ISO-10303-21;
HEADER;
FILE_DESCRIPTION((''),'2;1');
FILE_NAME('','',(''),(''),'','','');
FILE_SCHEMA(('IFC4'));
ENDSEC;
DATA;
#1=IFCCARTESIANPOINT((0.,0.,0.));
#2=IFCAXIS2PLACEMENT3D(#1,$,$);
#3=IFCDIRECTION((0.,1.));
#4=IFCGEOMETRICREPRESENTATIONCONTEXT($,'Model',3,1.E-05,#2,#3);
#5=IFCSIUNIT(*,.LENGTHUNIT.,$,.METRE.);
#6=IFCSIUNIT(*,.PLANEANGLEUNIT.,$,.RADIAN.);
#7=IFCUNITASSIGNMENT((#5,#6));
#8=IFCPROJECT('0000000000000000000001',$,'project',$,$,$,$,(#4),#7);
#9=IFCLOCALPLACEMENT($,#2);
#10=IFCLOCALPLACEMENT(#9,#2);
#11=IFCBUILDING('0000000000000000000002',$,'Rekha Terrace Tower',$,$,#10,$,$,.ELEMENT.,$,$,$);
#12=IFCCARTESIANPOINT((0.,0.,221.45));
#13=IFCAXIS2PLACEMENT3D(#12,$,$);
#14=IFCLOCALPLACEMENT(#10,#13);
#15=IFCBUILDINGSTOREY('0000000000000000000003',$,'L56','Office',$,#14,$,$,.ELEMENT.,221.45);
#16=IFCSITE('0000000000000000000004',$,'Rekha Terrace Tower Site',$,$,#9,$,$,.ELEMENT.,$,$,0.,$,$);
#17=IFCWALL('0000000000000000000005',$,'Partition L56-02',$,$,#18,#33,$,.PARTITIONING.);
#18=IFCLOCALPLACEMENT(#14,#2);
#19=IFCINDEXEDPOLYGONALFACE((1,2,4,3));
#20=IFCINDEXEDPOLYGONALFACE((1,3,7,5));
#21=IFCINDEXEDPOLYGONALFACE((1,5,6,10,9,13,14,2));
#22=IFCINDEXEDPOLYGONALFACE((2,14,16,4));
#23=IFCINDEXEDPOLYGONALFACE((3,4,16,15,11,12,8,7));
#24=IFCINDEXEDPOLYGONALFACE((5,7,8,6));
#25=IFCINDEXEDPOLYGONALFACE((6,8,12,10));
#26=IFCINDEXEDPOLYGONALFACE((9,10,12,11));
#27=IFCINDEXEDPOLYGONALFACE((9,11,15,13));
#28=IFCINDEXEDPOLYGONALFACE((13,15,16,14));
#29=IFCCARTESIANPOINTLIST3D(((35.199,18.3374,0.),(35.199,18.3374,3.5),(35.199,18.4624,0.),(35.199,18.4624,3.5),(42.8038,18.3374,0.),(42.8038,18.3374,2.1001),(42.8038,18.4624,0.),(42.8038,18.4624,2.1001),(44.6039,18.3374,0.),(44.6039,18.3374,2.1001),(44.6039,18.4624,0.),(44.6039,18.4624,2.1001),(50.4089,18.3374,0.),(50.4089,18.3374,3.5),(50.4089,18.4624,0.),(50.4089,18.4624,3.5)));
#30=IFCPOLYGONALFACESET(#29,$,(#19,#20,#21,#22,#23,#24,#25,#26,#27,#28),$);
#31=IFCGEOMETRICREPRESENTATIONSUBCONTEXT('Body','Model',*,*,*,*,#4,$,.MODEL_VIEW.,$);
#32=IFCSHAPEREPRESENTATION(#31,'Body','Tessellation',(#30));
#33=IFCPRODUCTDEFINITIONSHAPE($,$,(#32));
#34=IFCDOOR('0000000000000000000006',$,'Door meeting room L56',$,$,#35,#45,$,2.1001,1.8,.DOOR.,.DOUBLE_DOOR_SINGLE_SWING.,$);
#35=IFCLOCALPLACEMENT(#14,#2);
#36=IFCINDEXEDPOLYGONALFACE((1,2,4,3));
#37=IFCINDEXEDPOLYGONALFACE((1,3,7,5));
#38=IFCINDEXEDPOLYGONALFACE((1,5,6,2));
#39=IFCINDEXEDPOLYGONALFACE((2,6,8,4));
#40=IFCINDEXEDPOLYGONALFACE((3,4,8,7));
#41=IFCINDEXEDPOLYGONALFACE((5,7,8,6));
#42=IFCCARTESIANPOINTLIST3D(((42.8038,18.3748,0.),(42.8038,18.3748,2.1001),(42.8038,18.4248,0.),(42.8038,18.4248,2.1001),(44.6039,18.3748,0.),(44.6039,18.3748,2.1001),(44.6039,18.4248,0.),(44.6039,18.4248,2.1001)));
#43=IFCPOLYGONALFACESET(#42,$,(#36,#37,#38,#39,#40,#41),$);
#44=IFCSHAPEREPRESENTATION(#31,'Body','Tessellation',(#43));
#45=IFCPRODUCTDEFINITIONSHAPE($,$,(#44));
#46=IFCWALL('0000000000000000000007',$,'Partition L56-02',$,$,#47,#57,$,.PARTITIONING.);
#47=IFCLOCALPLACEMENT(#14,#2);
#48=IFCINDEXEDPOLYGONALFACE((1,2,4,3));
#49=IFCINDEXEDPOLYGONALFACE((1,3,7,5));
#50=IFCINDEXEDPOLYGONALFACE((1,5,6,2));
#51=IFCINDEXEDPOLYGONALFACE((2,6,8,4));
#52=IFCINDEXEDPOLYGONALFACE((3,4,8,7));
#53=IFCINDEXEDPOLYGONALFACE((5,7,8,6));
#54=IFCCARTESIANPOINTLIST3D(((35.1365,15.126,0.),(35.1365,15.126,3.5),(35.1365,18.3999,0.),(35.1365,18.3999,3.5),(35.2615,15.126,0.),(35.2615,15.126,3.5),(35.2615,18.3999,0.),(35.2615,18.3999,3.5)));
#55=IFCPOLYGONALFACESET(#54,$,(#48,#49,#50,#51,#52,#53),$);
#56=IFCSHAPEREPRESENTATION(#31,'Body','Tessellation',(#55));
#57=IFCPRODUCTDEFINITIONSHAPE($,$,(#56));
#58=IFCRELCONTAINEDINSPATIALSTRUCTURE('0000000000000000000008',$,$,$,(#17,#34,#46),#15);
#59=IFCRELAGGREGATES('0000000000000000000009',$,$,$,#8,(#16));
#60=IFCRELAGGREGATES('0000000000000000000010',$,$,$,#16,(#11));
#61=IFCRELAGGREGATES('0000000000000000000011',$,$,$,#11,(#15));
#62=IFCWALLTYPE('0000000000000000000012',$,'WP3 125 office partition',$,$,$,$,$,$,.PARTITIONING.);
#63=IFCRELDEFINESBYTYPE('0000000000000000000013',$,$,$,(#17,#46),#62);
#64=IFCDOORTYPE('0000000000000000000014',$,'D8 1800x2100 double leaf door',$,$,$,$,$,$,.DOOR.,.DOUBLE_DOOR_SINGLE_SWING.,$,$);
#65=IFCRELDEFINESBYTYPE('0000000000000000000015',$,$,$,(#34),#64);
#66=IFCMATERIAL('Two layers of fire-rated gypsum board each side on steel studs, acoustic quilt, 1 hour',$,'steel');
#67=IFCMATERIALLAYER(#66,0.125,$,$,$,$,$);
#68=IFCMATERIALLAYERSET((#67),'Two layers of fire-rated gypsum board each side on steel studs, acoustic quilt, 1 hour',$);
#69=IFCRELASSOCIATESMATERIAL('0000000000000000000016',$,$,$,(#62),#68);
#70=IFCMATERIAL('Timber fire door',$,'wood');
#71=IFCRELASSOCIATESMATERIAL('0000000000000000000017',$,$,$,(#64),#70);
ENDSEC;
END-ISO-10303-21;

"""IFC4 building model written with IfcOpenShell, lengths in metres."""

from ifc_helpers import new_model, si_unit, direction, frame, frame_2d, origin, place, context, subcontext, project, spatial, rectangle, extrude, material, layer, layer_set, type_object, element, fill, save


model = new_model("IFC4")

# Units and contexts
model_context = context("Model", 3, precision=1e-05, world=origin(), true_north=direction((0.0, 1.0)))
body_context = subcontext(model_context, "Body", "Model", "MODEL_VIEW")
ifc_project = project(units=[si_unit("LENGTHUNIT", "METRE"), si_unit("PLANEANGLEUNIT", "RADIAN")], contexts=[model_context])

# Site, building, storey
site_placement = place(None, origin())
site = spatial("IfcSite", under=ifc_project, at=site_placement, Name="Rekha Terrace Tower Site", CompositionType="ELEMENT", RefElevation=0.0)
building_placement = place(site_placement, origin())
building = spatial("IfcBuilding", under=site, at=building_placement, Name="Rekha Terrace Tower", CompositionType="ELEMENT")
storey_placement = place(building_placement, frame((0.0, 0.0, 221.45)))
storey = spatial("IfcBuildingStorey", under=building, at=storey_placement, Name="L56", Description="Office", CompositionType="ELEMENT", Elevation=221.45)

# Wall, opening, door
ifc_material_1 = material(Name="Two layers of fire-rated gypsum board each side on steel studs, acoustic quilt, 1 hour", Category="steel")
ifc_layer_1 = layer(ifc_material_1, 0.125)
ifc_layer_set_1 = layer_set([ifc_layer_1], Name="Two layers of fire-rated gypsum board each side on steel studs, acoustic quilt, 1 hour")
wall_type = type_object("IfcWallType", Name="WP3 125 office partition", PredefinedType="PARTITIONING", material=ifc_layer_set_1)
wall_1_placement = place(storey_placement, frame((35.199, 18.3999, 0.0), z_axis=(0.0, 0.0, 1.0), x_axis=(1.0, 0.0, 0.0)))
wall_1 = element("IfcWall", 1, at=wall_1_placement, inside=storey, type_object=wall_type, Name="Partition L56-02", PredefinedType="PARTITIONING", context=body_context, shape_type="SweptSolid", body=[
    extrude(rectangle(XDim=15.21, YDim=0.125, at=frame_2d((7.605, 0.0))), origin(), (0.0, 0.0, 1.0), 3.5),
])
opening_placement = place(wall_1_placement, frame((7.605, 0.0, 0.0)))
opening = element("IfcOpeningElement", 2, at=opening_placement, cuts=wall_1, PredefinedType="OPENING", context=body_context, shape_type="SweptSolid", body=[
    extrude(rectangle(XDim=1.8, YDim=2.1001, at=frame_2d((0.8999, 1.05))), frame((0.0, 0.0725, 0.0), z_axis=(0.0, -1.0, 0.0), x_axis=(1.0, 0.0, 0.0)), (0.0, 0.0, 1.0), 0.145),
])
ifc_material_2 = material(Name="Timber fire door", Category="wood")
door_type = type_object("IfcDoorType", Name="D8 1800x2100 double leaf door", OperationType="DOUBLE_DOOR_SINGLE_SWING", PredefinedType="DOOR", material=ifc_material_2)
door_placement = place(opening_placement, origin())
door = element("IfcDoor", 3, at=door_placement, inside=storey, type_object=door_type, Name="Door meeting room L56", OperationType="DOUBLE_DOOR_SINGLE_SWING", OverallHeight=2.1001, OverallWidth=1.8, PredefinedType="DOOR", context=body_context, shape_type="SweptSolid", body=[
    extrude(rectangle(XDim=1.8, YDim=2.1001, at=frame_2d((0.8999, 1.05))), frame((0.0, 0.0249, 0.0), z_axis=(0.0, -1.0, 0.0), x_axis=(1.0, 0.0, 0.0)), (0.0, 0.0, 1.0), 0.05),
])
fill(opening, door)

# Wall
wall_2_placement = place(storey_placement, frame((35.199, 15.126, 0.0), z_axis=(0.0, 0.0, 1.0), x_axis=(0.0, 1.0, 0.0)))
element("IfcWall", 4, at=wall_2_placement, inside=storey, type_object=wall_type, Name="Partition L56-02", PredefinedType="PARTITIONING", context=body_context, shape_type="SweptSolid", body=[
    extrude(rectangle(XDim=3.2739, YDim=0.125, at=frame_2d((1.637, 0.0))), origin(), (0.0, 0.0, 1.0), 3.5),
])

save(model, "model.ifc")
